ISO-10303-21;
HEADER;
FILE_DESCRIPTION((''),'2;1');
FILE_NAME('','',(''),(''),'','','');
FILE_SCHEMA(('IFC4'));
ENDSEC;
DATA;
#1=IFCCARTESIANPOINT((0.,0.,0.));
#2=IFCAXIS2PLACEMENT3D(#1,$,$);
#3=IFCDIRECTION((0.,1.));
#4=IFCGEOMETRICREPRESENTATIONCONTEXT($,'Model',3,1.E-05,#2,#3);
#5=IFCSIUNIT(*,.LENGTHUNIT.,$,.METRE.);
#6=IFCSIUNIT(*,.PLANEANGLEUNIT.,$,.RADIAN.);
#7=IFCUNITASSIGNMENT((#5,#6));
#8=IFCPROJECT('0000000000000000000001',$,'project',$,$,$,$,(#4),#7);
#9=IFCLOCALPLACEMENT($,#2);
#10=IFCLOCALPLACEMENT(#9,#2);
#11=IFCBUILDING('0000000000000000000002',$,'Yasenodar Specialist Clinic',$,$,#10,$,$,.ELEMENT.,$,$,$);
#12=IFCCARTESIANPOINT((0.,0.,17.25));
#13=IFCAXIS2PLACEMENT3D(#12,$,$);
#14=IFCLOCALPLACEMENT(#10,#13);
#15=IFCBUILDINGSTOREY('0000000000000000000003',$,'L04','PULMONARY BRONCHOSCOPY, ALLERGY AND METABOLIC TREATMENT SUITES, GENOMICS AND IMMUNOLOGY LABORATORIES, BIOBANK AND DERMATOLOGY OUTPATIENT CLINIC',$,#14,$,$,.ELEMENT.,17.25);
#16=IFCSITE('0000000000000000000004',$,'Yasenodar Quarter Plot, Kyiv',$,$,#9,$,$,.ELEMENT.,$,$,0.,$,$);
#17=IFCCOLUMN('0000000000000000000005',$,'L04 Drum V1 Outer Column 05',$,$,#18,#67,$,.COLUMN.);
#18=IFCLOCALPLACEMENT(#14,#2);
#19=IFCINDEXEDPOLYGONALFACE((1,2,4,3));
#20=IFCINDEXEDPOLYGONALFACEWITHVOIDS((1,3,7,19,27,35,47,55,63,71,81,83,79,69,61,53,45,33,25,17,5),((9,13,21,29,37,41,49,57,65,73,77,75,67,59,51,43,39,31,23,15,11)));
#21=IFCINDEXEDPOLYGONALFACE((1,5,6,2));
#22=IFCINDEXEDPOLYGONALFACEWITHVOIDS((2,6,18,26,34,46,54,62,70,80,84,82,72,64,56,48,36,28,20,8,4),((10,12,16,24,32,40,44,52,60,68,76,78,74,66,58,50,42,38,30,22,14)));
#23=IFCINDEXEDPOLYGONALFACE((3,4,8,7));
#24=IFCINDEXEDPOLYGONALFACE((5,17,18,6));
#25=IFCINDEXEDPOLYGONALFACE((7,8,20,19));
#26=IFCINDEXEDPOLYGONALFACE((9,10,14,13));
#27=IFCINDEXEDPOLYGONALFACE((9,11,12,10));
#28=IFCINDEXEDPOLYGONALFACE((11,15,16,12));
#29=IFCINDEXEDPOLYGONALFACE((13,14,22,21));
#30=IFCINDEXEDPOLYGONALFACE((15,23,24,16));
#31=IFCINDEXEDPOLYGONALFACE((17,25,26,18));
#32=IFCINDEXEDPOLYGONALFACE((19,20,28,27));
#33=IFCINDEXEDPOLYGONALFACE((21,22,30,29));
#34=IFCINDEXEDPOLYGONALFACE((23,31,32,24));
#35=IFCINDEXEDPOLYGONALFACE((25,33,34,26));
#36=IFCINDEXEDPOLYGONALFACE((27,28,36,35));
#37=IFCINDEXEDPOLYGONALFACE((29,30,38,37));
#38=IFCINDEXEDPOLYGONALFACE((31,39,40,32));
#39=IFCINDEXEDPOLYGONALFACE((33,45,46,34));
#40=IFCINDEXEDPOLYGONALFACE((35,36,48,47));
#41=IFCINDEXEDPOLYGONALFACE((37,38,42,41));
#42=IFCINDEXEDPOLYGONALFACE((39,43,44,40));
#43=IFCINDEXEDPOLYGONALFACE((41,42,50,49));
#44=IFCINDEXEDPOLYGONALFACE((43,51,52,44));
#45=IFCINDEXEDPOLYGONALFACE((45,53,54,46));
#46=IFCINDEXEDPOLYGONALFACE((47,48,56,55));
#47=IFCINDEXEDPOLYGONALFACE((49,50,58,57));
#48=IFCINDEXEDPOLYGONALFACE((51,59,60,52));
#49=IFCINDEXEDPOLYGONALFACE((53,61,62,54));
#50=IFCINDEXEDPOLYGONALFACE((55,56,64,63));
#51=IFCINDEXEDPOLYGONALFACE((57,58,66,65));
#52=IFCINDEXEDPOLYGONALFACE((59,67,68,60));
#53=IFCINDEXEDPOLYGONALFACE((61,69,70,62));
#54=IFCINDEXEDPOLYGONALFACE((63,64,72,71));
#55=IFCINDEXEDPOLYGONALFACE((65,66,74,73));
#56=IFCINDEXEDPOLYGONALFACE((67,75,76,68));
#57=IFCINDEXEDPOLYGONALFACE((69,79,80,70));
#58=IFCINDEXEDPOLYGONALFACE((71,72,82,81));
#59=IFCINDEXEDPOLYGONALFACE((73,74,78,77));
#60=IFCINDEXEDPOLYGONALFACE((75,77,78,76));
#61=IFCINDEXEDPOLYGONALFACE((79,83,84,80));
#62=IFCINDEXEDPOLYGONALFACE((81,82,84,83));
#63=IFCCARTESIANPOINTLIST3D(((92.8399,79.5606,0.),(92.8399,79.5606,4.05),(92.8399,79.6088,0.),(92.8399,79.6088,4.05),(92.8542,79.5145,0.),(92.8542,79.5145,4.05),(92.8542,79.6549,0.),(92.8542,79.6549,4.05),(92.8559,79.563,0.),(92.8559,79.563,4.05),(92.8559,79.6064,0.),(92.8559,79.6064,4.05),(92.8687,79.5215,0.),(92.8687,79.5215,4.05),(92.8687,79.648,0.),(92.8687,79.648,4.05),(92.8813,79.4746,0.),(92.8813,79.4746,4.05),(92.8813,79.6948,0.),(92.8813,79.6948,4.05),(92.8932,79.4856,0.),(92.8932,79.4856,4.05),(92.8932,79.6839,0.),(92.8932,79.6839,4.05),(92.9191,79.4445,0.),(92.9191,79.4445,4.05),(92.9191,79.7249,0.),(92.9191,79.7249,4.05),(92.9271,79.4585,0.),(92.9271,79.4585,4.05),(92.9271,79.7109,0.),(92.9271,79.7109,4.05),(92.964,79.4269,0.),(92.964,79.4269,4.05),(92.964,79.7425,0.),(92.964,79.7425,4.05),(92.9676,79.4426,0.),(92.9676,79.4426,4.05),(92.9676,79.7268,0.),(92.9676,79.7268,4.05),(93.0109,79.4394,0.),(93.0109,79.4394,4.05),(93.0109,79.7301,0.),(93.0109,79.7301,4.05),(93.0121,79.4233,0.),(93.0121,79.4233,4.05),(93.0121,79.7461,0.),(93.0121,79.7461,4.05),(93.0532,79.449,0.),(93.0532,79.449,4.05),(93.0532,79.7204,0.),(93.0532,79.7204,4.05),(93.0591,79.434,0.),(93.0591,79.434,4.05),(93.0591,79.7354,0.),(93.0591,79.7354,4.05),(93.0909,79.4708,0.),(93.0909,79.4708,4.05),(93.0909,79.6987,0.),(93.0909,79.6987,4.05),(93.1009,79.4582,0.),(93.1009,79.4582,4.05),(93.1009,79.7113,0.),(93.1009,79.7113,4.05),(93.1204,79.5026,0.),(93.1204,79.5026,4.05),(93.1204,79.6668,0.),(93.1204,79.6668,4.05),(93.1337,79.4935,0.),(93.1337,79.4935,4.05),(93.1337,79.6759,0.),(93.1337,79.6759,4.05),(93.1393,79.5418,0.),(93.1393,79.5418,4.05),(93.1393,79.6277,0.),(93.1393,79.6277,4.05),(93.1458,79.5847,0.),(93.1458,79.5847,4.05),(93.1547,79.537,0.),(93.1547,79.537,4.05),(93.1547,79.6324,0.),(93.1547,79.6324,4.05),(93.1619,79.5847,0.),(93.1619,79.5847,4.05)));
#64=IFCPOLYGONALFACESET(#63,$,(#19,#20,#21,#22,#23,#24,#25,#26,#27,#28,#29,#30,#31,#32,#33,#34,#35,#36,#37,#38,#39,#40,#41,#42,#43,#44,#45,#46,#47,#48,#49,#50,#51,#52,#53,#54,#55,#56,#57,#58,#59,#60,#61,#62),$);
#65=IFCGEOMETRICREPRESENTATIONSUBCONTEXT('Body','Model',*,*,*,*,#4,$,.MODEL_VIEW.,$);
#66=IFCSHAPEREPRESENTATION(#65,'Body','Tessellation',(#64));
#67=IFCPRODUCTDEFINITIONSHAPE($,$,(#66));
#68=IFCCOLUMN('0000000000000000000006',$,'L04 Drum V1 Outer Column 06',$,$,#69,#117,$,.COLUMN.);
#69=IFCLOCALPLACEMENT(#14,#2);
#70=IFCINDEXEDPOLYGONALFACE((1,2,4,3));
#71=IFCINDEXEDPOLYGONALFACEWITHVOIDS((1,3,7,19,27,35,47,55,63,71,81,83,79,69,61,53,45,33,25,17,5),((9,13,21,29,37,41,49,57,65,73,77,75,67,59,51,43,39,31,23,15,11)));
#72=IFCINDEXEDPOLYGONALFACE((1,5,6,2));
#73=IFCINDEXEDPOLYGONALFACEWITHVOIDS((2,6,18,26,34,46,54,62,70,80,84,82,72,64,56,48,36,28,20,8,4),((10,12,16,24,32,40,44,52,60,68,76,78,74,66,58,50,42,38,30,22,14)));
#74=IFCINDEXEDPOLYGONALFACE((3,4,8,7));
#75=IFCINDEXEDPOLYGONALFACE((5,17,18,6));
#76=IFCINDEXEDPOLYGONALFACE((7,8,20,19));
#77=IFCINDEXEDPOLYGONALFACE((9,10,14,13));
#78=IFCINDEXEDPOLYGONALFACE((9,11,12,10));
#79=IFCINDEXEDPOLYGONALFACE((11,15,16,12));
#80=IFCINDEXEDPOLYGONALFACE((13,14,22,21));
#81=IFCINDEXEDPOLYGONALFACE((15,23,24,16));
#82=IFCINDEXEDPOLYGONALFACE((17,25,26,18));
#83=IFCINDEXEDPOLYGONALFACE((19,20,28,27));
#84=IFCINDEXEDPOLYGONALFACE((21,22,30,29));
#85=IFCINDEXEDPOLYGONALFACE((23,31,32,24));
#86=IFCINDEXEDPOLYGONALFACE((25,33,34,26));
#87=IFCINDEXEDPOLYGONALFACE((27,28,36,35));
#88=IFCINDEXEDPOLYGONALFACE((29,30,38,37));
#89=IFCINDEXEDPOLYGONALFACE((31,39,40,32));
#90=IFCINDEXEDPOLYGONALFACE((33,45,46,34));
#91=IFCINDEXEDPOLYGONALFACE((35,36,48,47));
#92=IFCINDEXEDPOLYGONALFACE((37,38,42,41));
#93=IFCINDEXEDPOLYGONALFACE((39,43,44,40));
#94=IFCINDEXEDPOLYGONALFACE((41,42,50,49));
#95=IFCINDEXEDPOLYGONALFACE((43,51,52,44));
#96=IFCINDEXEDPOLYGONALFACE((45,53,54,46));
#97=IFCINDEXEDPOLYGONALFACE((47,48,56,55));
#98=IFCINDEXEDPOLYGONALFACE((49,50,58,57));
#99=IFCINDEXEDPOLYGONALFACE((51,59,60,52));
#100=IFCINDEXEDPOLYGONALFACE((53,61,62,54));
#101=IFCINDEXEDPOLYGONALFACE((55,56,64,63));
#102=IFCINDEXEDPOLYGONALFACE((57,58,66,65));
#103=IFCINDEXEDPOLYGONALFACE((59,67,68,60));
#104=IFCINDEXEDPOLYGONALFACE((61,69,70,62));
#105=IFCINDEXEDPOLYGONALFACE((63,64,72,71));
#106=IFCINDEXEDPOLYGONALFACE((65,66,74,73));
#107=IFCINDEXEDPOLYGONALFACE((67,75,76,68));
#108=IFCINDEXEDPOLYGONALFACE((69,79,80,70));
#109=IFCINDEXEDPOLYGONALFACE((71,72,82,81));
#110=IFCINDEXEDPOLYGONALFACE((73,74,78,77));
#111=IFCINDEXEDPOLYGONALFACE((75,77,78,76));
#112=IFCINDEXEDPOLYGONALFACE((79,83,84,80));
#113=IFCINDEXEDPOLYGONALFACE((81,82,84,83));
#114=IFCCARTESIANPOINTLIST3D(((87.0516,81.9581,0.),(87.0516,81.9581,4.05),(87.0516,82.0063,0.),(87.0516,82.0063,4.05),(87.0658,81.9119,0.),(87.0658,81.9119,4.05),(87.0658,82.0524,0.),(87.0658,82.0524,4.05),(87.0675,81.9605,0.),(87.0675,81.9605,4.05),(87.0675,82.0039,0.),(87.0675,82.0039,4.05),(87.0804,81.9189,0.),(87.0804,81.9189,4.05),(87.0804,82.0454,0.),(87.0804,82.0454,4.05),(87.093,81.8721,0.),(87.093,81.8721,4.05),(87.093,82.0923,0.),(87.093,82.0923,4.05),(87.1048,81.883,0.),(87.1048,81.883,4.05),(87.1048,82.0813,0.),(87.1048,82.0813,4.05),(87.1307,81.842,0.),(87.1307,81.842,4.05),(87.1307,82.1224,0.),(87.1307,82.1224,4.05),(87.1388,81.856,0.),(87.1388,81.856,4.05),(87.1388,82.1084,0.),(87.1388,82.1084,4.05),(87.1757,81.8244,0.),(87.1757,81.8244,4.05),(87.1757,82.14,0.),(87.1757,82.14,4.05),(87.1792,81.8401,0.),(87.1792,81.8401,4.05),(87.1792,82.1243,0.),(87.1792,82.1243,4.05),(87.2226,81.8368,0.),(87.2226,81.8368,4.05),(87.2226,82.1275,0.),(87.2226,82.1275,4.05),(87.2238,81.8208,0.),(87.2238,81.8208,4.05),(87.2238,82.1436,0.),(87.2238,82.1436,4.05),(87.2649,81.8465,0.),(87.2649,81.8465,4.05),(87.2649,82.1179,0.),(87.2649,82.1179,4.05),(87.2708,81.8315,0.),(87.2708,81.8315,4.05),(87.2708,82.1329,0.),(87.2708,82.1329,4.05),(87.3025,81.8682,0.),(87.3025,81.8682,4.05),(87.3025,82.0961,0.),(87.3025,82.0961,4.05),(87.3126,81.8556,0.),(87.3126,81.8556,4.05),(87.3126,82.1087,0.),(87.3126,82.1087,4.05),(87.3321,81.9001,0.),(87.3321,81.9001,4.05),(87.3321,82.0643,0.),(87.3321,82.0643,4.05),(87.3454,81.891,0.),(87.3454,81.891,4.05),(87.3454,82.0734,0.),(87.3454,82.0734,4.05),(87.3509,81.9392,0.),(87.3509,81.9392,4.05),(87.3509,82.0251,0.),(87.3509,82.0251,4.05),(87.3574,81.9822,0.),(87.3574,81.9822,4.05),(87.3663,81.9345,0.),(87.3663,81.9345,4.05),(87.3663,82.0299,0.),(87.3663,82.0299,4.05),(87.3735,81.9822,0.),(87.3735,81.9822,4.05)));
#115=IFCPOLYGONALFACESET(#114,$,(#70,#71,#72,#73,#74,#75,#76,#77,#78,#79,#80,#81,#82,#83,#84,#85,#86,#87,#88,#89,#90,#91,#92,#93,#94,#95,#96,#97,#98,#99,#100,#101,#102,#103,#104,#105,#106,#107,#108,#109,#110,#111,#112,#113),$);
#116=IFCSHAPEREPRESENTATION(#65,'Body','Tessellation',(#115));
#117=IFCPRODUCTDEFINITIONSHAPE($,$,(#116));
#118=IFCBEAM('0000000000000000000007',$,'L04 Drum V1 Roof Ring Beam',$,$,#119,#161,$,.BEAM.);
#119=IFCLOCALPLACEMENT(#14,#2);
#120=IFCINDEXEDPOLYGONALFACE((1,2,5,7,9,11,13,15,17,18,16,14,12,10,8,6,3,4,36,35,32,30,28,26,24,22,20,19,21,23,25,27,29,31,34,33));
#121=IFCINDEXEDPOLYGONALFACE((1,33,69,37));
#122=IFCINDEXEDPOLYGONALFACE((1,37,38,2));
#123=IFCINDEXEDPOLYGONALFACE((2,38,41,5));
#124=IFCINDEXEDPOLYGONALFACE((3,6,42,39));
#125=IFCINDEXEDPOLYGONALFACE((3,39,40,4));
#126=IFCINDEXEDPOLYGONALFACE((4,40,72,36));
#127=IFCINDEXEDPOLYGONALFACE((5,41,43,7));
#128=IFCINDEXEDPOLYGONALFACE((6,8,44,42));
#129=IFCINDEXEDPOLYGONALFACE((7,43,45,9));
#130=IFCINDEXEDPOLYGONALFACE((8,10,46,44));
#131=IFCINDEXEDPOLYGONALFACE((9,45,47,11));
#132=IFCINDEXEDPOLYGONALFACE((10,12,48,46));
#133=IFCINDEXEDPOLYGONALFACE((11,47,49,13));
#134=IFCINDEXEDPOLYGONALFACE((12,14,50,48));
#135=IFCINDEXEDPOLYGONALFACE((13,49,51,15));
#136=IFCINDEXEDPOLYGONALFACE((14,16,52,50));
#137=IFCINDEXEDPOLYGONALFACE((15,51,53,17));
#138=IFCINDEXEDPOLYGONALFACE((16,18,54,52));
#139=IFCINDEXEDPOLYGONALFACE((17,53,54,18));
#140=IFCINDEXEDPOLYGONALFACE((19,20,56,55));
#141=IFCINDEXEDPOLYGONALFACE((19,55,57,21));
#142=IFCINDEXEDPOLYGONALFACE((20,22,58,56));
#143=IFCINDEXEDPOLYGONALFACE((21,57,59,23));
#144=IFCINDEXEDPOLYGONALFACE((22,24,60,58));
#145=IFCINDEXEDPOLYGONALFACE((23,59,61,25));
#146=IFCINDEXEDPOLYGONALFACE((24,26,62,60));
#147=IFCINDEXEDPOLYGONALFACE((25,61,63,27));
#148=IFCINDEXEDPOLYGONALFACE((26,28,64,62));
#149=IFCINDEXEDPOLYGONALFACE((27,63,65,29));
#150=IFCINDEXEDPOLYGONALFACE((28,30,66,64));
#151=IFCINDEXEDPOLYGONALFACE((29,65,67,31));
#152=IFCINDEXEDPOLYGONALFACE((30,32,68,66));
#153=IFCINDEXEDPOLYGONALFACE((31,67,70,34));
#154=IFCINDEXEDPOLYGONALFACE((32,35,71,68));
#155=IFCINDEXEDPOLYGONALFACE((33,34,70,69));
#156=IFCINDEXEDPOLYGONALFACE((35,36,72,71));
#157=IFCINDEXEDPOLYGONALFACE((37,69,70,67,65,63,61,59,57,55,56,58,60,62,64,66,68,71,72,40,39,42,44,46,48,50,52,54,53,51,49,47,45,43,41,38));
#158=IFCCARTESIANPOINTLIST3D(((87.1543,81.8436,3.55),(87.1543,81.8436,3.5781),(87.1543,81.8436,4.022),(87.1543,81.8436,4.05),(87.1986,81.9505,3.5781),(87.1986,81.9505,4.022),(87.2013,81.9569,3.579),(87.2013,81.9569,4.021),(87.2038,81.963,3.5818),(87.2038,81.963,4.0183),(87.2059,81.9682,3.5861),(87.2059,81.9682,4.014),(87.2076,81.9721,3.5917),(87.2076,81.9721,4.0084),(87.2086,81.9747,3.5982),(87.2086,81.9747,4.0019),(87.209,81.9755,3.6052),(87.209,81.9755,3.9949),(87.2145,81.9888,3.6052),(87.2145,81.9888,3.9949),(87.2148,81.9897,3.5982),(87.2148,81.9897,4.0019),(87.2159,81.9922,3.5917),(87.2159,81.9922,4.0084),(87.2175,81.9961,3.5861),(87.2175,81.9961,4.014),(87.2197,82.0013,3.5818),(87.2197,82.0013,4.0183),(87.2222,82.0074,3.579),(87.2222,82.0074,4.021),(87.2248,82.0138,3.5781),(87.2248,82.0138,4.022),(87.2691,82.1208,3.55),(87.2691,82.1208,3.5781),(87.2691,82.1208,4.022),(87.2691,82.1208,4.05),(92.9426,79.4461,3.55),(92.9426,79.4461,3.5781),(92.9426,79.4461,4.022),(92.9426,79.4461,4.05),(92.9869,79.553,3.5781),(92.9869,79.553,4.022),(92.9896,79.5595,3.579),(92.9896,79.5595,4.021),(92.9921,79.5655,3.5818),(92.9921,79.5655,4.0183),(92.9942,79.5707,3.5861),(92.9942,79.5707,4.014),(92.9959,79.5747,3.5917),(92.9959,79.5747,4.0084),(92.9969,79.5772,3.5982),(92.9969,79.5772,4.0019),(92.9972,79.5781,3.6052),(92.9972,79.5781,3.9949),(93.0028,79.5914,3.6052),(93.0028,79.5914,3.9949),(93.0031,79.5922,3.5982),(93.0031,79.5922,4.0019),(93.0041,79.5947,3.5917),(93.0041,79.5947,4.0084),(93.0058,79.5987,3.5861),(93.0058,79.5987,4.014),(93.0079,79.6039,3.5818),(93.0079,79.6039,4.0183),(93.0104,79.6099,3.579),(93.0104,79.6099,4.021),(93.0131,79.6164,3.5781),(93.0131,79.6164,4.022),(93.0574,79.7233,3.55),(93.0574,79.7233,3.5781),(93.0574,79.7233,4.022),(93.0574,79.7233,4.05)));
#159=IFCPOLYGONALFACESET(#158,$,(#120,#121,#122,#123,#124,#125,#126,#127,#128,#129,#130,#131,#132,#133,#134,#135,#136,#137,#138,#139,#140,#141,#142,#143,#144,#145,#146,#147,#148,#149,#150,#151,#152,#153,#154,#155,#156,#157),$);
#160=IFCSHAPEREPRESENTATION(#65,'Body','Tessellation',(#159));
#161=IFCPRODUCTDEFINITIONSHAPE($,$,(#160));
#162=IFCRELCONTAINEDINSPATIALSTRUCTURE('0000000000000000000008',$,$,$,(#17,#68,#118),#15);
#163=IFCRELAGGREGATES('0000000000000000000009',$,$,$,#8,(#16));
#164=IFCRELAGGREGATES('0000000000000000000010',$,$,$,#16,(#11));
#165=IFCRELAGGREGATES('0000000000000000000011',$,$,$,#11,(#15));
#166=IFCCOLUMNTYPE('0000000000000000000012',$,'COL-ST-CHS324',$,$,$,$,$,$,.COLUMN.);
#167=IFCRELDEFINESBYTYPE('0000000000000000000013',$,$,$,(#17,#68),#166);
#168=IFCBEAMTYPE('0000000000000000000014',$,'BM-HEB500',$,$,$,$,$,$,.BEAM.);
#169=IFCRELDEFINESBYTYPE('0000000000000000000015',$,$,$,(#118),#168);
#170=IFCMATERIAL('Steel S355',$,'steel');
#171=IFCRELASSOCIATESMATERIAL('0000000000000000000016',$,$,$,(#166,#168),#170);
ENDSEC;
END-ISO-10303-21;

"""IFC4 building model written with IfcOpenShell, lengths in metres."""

from ifc_helpers import new_model, si_unit, direction, frame, origin, origin_2d, place, context, subcontext, project, spatial, hollow_circle, i_section, extrude, material, material_profile, profile_set, type_object, element, save


model = new_model("IFC4")

# Units and contexts
model_context = context("Model", 3, precision=1e-05, world=origin(), true_north=direction((0.0, 1.0)))
body_context = subcontext(model_context, "Body", "Model", "MODEL_VIEW")
ifc_project = project(units=[si_unit("LENGTHUNIT", "METRE"), si_unit("PLANEANGLEUNIT", "RADIAN")], contexts=[model_context])

# Site, building, storey
site_placement = place(None, origin())
site = spatial("IfcSite", under=ifc_project, at=site_placement, Name="Yasenodar Quarter Plot, Kyiv", CompositionType="ELEMENT", RefElevation=0.0)
building_placement = place(site_placement, origin())
building = spatial("IfcBuilding", under=site, at=building_placement, Name="Yasenodar Specialist Clinic", CompositionType="ELEMENT")
storey_placement = place(building_placement, frame((0.0, 0.0, 17.25)))
storey = spatial("IfcBuildingStorey", under=building, at=storey_placement, Name="L04", Description="PULMONARY BRONCHOSCOPY, ALLERGY AND METABOLIC TREATMENT SUITES, GENOMICS AND IMMUNOLOGY LABORATORIES, BIOBANK AND DERMATOLOGY OUTPATIENT CLINIC", CompositionType="ELEMENT", Elevation=17.25)

# Columns
ifc_material_1 = material(Name="Steel S355", Category="steel")
ifc_material_profile_1 = material_profile(ifc_material_1, hollow_circle(Radius=0.1619, WallThickness=0.0161, at=origin_2d()), Name="CHS 323.9x16")
ifc_profile_set_1 = profile_set([ifc_material_profile_1], Name="Steel S355")
column_type = type_object("IfcColumnType", Name="COL-ST-CHS324", PredefinedType="COLUMN", material=ifc_profile_set_1)
for number, where, z_axis, x_axis, name in (
    (1, (93.0, 79.5847, 0.0), (0.0, 0.0, 1.0), (1.0, 0.0, 0.0), "L04 Drum V1 Outer Column 05"),
    (2, (87.2117, 81.9822, 0.0), (0.0, 0.0, 1.0), (1.0, 0.0, 0.0), "L04 Drum V1 Outer Column 06"),
):
    element("IfcColumn", number, at=place(storey_placement, frame(where, z_axis=z_axis, x_axis=x_axis)), inside=storey, type_object=column_type, Name=name, PredefinedType="COLUMN", context=body_context, shape_type="SweptSolid", body=[
        extrude(hollow_circle(Radius=0.1619, WallThickness=0.0161, at=origin_2d()), origin(), (0.0, 0.0, 1.0), 4.05),
    ])

# Beam
ifc_material_profile_2 = material_profile(ifc_material_1, i_section(OverallWidth=0.3, OverallDepth=0.5, WebThickness=0.0144, FlangeThickness=0.0281, FilletRadius=0.0271, at=origin_2d()), Name="HEB 500")
ifc_profile_set_2 = profile_set([ifc_material_profile_2], Name="Steel S355")
beam_type = type_object("IfcBeamType", Name="BM-HEB500", PredefinedType="BEAM", material=ifc_profile_set_2)
beam_1_placement = place(storey_placement, frame((93.0, 79.5847, 3.8), z_axis=(-0.923888, 0.382664, 0.0), x_axis=(-0.382664, -0.923888, 0.0)))
element("IfcBeam", 3, at=beam_1_placement, inside=storey, type_object=beam_type, Name="L04 Drum V1 Roof Ring Beam", PredefinedType="BEAM", context=body_context, shape_type="SweptSolid", body=[
    extrude(i_section(OverallWidth=0.3, OverallDepth=0.5, WebThickness=0.0144, FlangeThickness=0.0281, FilletRadius=0.0271, at=origin_2d()), origin(), (0.0, 0.0, 1.0), 6.2651),
])

save(model, "model.ifc")
